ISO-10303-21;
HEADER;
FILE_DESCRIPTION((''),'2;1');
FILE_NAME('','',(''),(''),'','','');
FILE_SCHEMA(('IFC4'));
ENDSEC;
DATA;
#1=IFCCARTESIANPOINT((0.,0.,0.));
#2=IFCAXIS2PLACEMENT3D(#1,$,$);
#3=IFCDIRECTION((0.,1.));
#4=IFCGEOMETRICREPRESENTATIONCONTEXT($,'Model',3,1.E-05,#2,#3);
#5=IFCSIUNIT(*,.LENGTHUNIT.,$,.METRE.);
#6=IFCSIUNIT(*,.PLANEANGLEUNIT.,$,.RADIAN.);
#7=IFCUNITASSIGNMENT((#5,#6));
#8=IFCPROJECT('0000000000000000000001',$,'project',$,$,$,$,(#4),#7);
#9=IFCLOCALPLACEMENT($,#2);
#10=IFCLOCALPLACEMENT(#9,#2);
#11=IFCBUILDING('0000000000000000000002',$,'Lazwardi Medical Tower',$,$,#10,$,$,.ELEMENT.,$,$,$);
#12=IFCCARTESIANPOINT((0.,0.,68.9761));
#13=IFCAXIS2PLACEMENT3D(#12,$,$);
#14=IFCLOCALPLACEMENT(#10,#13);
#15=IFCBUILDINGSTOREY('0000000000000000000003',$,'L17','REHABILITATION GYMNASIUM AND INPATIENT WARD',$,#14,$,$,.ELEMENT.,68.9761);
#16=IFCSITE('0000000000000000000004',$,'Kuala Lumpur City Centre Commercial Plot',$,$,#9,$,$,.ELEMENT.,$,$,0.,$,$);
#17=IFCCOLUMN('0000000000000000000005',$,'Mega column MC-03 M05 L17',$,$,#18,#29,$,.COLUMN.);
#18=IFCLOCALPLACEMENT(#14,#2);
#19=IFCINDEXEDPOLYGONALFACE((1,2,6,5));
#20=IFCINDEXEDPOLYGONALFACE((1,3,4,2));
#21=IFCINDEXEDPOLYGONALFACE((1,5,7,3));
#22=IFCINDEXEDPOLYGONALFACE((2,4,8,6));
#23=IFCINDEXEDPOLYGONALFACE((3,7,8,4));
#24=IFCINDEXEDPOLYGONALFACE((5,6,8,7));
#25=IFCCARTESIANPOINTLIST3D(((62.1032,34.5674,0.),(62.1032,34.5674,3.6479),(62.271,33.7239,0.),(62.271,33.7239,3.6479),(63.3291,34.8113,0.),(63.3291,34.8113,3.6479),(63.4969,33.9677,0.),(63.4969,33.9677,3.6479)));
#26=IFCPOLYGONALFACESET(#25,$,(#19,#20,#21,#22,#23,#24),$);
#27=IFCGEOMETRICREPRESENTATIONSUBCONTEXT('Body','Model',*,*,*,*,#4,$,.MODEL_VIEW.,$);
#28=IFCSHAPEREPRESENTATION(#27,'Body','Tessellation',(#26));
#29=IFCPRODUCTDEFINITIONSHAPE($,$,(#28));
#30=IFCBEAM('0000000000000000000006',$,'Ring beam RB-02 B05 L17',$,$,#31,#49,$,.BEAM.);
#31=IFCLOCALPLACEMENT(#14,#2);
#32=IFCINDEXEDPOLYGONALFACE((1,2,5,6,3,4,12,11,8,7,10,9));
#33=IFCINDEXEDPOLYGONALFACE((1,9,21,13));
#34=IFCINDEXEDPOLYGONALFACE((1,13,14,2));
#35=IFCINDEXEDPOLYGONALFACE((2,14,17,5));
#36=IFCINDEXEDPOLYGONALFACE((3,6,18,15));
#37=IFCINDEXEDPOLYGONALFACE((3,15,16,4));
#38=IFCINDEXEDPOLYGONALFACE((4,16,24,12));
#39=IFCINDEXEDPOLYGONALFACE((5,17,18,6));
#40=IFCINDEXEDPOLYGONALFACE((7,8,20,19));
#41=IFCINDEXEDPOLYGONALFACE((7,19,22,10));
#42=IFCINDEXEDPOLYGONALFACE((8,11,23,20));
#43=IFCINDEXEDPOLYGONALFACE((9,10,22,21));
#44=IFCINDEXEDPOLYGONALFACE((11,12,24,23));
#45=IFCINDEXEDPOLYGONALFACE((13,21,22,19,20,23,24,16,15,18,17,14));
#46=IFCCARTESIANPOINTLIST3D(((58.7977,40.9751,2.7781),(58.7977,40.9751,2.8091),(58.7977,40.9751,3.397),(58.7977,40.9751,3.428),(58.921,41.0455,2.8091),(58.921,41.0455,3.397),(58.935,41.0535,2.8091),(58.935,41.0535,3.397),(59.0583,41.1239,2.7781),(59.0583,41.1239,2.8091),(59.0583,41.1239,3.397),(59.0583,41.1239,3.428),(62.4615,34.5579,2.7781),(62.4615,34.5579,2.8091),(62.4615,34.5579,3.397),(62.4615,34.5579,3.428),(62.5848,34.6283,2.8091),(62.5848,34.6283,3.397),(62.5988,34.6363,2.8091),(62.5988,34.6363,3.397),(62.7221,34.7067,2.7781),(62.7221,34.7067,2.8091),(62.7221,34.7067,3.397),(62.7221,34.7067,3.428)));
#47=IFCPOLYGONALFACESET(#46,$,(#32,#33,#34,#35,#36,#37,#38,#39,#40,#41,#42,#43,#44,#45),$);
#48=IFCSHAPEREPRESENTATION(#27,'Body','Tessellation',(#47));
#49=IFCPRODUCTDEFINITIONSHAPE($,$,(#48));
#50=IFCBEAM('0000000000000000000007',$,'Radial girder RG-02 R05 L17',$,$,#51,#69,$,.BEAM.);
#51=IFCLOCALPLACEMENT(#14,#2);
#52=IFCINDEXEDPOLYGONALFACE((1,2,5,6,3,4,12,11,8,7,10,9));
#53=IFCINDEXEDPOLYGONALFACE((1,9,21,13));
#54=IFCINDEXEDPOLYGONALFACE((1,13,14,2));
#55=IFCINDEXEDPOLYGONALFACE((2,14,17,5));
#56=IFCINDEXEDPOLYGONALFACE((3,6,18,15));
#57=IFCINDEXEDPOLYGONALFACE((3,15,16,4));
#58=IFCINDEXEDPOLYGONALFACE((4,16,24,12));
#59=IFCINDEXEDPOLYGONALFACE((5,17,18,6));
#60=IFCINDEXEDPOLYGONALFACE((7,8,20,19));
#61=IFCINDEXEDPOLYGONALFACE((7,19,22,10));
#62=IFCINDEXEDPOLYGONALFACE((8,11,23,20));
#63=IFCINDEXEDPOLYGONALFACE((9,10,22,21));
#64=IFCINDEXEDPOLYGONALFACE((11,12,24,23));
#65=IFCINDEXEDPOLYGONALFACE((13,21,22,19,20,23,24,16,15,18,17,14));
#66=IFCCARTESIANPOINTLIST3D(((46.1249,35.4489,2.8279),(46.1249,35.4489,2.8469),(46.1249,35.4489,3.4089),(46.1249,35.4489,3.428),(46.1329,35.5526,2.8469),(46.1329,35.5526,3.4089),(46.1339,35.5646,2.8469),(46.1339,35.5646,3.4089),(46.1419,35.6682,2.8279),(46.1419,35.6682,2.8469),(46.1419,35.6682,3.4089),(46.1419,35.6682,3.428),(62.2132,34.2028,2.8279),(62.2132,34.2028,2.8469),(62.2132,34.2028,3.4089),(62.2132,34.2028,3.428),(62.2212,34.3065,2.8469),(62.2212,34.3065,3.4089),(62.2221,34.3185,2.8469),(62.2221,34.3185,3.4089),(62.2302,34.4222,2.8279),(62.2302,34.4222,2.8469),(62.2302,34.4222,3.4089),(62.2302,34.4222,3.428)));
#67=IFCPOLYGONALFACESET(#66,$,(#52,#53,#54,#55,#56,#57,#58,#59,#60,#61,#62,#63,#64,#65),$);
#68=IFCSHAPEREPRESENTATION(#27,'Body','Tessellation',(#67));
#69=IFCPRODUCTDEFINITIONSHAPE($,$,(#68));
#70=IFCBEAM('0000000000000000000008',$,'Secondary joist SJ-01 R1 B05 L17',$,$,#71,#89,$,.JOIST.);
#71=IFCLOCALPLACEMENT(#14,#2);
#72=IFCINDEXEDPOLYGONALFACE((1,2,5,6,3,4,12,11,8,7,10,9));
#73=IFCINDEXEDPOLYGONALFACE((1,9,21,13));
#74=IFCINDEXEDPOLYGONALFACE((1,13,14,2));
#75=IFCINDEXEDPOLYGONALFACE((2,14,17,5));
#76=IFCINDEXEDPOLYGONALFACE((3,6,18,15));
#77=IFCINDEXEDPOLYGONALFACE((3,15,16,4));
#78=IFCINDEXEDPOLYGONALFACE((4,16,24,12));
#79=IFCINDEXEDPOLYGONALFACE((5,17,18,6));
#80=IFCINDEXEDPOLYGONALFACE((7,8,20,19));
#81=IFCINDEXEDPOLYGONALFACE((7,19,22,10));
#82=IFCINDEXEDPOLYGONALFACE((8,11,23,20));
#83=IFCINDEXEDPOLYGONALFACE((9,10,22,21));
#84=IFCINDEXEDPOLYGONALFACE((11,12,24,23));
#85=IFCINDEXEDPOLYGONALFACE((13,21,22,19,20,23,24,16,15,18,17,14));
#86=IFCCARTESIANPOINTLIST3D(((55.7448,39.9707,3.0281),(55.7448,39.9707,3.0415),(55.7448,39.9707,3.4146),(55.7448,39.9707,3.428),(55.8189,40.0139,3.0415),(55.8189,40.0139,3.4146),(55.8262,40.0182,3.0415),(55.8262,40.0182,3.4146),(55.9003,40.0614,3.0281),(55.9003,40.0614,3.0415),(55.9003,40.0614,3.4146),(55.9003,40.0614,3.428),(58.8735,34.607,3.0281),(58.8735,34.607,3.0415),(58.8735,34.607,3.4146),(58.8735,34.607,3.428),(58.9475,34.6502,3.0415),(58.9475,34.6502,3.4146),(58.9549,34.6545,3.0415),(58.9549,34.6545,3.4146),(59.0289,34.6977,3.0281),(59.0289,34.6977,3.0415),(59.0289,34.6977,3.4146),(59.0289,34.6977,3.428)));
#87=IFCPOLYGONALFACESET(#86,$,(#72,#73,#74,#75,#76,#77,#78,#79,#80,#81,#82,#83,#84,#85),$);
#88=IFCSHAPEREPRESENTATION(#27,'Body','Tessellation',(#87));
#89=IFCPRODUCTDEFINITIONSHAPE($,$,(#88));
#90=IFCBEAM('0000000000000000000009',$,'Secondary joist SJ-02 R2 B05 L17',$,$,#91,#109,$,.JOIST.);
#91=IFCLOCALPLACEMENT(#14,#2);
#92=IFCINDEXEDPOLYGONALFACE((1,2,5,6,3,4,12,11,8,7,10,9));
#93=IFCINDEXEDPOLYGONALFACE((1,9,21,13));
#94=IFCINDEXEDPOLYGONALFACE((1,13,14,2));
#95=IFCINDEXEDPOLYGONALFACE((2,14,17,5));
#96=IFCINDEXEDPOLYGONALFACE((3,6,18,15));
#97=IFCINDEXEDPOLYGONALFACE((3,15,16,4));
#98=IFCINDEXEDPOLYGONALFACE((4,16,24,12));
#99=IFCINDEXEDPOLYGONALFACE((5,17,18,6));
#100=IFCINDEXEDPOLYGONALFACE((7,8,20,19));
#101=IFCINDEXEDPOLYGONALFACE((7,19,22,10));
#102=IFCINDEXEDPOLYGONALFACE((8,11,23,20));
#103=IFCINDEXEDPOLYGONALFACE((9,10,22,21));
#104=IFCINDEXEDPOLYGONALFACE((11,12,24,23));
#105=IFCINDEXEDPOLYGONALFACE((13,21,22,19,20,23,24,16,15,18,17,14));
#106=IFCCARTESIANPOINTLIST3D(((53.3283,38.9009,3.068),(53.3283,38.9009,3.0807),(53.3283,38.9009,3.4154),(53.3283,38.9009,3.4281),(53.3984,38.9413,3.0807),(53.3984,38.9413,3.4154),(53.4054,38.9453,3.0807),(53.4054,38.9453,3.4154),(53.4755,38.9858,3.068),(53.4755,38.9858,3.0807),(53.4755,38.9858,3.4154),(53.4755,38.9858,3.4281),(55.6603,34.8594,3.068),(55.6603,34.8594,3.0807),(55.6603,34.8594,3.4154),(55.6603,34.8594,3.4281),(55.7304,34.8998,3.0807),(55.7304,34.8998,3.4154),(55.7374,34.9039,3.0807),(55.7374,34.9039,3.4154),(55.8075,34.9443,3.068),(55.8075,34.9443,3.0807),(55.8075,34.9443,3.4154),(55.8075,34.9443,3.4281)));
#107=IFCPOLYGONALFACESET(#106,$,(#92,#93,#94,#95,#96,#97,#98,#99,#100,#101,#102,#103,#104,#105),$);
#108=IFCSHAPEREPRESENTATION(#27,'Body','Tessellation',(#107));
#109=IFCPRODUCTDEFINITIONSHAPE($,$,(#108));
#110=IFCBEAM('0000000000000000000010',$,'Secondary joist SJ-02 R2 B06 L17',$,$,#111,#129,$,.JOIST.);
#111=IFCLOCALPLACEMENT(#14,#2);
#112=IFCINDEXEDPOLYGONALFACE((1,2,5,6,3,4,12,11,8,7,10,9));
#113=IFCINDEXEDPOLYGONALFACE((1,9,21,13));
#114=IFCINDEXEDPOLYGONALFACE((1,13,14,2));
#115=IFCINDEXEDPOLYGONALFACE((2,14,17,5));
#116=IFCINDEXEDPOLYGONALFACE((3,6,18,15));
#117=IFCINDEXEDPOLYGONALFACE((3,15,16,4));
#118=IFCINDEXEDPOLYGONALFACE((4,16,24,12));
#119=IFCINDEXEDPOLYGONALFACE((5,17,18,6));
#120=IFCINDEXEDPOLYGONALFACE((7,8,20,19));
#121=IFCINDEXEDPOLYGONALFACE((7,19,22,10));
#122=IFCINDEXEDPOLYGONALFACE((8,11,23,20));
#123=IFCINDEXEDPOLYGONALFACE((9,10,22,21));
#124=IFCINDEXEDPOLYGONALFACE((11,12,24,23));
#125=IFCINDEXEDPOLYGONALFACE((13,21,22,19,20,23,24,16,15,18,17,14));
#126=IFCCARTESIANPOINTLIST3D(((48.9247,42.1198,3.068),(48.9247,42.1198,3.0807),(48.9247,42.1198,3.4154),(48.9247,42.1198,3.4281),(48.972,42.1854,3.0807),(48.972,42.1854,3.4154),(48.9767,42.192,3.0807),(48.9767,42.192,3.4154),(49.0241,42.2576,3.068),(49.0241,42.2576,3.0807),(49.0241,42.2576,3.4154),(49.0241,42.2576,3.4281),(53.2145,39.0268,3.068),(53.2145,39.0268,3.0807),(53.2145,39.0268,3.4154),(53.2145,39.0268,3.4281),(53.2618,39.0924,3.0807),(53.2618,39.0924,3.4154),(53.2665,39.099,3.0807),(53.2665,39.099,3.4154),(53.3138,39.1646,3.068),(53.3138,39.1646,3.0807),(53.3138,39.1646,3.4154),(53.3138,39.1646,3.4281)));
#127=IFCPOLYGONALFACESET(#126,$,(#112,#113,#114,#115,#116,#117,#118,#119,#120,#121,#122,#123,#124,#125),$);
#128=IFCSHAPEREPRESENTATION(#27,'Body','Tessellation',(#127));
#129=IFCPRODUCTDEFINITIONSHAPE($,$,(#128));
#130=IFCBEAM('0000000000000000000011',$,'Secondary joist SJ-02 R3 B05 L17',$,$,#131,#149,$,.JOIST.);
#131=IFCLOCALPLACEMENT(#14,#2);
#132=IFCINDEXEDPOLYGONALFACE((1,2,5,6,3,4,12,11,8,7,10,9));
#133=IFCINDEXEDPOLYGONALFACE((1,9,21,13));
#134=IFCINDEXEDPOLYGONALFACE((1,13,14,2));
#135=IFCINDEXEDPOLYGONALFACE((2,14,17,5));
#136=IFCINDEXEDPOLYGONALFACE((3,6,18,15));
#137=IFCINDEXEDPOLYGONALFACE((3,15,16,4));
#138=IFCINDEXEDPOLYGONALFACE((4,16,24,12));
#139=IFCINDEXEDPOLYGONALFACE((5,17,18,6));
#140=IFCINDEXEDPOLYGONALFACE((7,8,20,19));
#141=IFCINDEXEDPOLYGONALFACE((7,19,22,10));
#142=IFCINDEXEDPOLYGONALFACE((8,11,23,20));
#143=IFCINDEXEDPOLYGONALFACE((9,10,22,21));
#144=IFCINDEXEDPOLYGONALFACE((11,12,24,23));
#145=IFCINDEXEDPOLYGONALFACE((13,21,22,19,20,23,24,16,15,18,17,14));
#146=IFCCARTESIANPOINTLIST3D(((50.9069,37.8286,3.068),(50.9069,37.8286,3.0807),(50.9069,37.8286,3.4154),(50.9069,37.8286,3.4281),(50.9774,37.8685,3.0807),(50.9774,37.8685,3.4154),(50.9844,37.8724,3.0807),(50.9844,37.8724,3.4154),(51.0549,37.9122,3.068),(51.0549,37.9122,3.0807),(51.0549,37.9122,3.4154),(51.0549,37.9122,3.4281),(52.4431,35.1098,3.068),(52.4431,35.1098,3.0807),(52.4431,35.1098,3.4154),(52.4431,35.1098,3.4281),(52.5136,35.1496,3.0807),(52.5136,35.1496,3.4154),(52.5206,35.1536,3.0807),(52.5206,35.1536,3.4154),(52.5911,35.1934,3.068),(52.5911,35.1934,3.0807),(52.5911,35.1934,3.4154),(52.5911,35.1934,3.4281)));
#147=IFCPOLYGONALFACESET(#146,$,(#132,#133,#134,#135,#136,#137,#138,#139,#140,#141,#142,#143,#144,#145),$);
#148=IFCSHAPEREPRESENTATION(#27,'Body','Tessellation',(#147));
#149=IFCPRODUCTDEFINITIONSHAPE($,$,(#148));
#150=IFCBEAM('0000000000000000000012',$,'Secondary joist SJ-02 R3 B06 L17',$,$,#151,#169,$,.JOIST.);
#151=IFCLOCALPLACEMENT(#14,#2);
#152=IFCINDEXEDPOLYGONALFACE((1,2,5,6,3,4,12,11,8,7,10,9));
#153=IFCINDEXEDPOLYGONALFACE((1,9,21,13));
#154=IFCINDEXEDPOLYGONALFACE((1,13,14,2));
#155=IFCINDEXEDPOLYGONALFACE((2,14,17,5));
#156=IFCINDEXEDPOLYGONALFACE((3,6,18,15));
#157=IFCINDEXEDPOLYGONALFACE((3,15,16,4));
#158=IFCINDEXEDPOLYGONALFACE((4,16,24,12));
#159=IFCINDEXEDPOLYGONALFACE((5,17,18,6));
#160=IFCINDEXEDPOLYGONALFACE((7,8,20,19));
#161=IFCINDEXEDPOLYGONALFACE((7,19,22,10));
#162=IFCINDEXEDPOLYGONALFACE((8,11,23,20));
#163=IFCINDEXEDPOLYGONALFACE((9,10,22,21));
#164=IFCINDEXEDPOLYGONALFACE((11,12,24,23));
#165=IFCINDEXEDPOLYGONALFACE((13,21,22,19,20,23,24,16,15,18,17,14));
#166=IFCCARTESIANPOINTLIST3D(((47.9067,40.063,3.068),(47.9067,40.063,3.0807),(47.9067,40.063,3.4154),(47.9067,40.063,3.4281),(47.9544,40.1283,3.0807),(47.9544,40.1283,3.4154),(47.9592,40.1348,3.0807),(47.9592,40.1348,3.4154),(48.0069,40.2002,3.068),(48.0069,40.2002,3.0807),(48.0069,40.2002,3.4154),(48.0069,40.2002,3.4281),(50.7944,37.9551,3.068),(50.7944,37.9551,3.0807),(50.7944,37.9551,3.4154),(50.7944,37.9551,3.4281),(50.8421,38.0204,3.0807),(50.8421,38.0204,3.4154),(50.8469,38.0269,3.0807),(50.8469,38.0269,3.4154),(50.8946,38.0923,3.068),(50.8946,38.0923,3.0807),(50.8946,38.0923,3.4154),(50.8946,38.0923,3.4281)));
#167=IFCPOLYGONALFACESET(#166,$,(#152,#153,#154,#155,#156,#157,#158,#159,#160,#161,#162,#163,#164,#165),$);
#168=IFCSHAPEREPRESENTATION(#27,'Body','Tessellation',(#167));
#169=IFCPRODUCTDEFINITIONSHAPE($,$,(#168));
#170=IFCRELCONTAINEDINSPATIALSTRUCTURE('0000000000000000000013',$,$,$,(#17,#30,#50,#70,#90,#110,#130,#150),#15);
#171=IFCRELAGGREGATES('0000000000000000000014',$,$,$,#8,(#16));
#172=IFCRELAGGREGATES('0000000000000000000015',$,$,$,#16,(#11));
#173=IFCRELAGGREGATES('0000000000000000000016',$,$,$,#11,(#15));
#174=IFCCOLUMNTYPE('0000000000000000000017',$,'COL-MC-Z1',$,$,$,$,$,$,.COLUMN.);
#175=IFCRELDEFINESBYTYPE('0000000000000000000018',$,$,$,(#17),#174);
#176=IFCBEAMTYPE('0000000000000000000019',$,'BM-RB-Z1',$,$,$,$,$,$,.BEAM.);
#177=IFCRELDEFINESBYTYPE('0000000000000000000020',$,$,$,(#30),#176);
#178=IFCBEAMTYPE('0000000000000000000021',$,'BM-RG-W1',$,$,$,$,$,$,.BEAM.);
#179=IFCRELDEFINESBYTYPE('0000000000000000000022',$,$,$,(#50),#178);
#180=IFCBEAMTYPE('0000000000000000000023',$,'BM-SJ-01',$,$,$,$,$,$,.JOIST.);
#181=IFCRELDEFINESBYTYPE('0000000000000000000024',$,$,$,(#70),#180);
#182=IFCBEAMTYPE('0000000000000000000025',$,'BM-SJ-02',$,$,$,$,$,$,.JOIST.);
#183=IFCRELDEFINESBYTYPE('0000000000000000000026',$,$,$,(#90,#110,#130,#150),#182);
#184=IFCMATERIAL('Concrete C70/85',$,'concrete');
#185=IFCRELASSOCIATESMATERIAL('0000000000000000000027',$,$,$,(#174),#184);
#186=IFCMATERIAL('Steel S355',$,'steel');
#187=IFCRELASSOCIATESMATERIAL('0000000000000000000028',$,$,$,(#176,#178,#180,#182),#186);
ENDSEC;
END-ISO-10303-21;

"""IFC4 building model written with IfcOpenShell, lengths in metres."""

from ifc_helpers import new_model, si_unit, direction, frame, origin, origin_2d, place, context, subcontext, project, spatial, rectangle, i_section, extrude, material, material_profile, profile_set, type_object, element, save


model = new_model("IFC4")

# Units and contexts
model_context = context("Model", 3, precision=1e-05, world=origin(), true_north=direction((0.0, 1.0)))
body_context = subcontext(model_context, "Body", "Model", "MODEL_VIEW")
ifc_project = project(units=[si_unit("LENGTHUNIT", "METRE"), si_unit("PLANEANGLEUNIT", "RADIAN")], contexts=[model_context])

# Site, building, storey
site_placement = place(None, origin())
site = spatial("IfcSite", under=ifc_project, at=site_placement, Name="Kuala Lumpur City Centre Commercial Plot", CompositionType="ELEMENT", RefElevation=0.0)
building_placement = place(site_placement, origin())
building = spatial("IfcBuilding", under=site, at=building_placement, Name="Lazwardi Medical Tower", CompositionType="ELEMENT")
storey_placement = place(building_placement, frame((0.0, 0.0, 68.9761)))
storey = spatial("IfcBuildingStorey", under=building, at=storey_placement, Name="L17", Description="REHABILITATION GYMNASIUM AND INPATIENT WARD", CompositionType="ELEMENT", Elevation=68.9761)

# Column
ifc_material_1 = material(Name="Concrete C70/85", Category="concrete")
ifc_material_profile_1 = material_profile(ifc_material_1, rectangle(XDim=1.25, YDim=0.8601, at=origin_2d()), Name="CFT-RECT 1250x860")
ifc_profile_set_1 = profile_set([ifc_material_profile_1], Name="Concrete C70/85")
column_type = type_object("IfcColumnType", Name="COL-MC-Z1", PredefinedType="COLUMN", material=ifc_profile_set_1)
column_placement = place(storey_placement, frame((62.8, 34.2676, 0.0), z_axis=(0.0, 0.0, 1.0), x_axis=(0.980785, 0.19509, 0.0)))
element("IfcColumn", 1, at=column_placement, inside=storey, type_object=column_type, Name="Mega column MC-03 M05 L17", PredefinedType="COLUMN", context=body_context, shape_type="SweptSolid", body=[
    extrude(rectangle(XDim=1.25, YDim=0.8601, at=origin_2d()), origin(), (0.0, 0.0, 1.0), 3.6479),
])

# Beams
ifc_material_2 = material(Name="Steel S355", Category="steel")
ifc_material_profile_2 = material_profile(ifc_material_2, i_section(OverallWidth=0.3, OverallDepth=0.6499, WebThickness=0.0161, FlangeThickness=0.031, at=origin_2d()), Name="HEB 650")
ifc_profile_set_2 = profile_set([ifc_material_profile_2], Name="Steel S355")
beam_type_1 = type_object("IfcBeamType", Name="BM-RB-Z1", PredefinedType="BEAM", material=ifc_profile_set_2)
beam_1_placement = place(storey_placement, frame((62.5918, 34.6323, 3.103), z_axis=(-0.495815, 0.868428, 0.0), x_axis=(-0.868428, -0.495815, 0.0)))
element("IfcBeam", 2, at=beam_1_placement, inside=storey, type_object=beam_type_1, Name="Ring beam RB-02 B05 L17", PredefinedType="BEAM", context=body_context, shape_type="SweptSolid", body=[
    extrude(i_section(OverallWidth=0.3, OverallDepth=0.6499, WebThickness=0.0161, FlangeThickness=0.031, at=origin_2d()), origin(), (0.0, 0.0, 1.0), 7.3894),
])
ifc_material_profile_3 = material_profile(ifc_material_2, i_section(OverallWidth=0.22, OverallDepth=0.6001, WebThickness=0.012, FlangeThickness=0.019, at=origin_2d()), Name="IPE 600")
ifc_profile_set_3 = profile_set([ifc_material_profile_3], Name="Steel S355")
beam_type_2 = type_object("IfcBeamType", Name="BM-RG-W1", PredefinedType="BEAM", material=ifc_profile_set_3)
beam_2_placement = place(storey_placement, frame((62.2217, 34.3125, 3.1279), z_axis=(-0.997014, 0.077222, 0.0), x_axis=(-0.077222, -0.997014, 0.0)))
element("IfcBeam", 3, at=beam_2_placement, inside=storey, type_object=beam_type_2, Name="Radial girder RG-02 R05 L17", PredefinedType="BEAM", context=body_context, shape_type="SweptSolid", body=[
    extrude(i_section(OverallWidth=0.22, OverallDepth=0.6001, WebThickness=0.012, FlangeThickness=0.019, at=origin_2d()), origin(), (0.0, 0.0, 1.0), 16.1365),
])
ifc_material_profile_4 = material_profile(ifc_material_2, i_section(OverallWidth=0.1799, OverallDepth=0.3999, WebThickness=0.0085, FlangeThickness=0.0134, at=origin_2d()), Name="IPE 400")
ifc_profile_set_4 = profile_set([ifc_material_profile_4], Name="Steel S355")
beam_type_3 = type_object("IfcBeamType", Name="BM-SJ-01", PredefinedType="JOIST", material=ifc_profile_set_4)
beam_3_placement = place(storey_placement, frame((58.9512, 34.6523, 3.228), z_axis=(-0.503847, 0.863793, 0.0), x_axis=(-0.863793, -0.503847, 0.0)))
element("IfcBeam", 4, at=beam_3_placement, inside=storey, type_object=beam_type_3, Name="Secondary joist SJ-01 R1 B05 L17", PredefinedType="JOIST", context=body_context, shape_type="SweptSolid", body=[
    extrude(i_section(OverallWidth=0.1799, OverallDepth=0.3999, WebThickness=0.0085, FlangeThickness=0.0134, at=origin_2d()), origin(), (0.0, 0.0, 1.0), 6.2095),
])
ifc_material_profile_5 = material_profile(ifc_material_2, i_section(OverallWidth=0.1699, OverallDepth=0.3601, WebThickness=0.0081, FlangeThickness=0.0127, at=origin_2d()), Name="IPE 360")
ifc_profile_set_5 = profile_set([ifc_material_profile_5], Name="Steel S355")
beam_type_4 = type_object("IfcBeamType", Name="BM-SJ-02", PredefinedType="JOIST", material=ifc_profile_set_5)
beam_4_placement = place(storey_placement, frame((55.7339, 34.9019, 3.248), z_axis=(-0.499786, 0.866149, 0.0), x_axis=(-0.866149, -0.499786, 0.0)))
element("IfcBeam", 5, at=beam_4_placement, inside=storey, type_object=beam_type_4, Name="Secondary joist SJ-02 R2 B05 L17", PredefinedType="JOIST", context=body_context, shape_type="SweptSolid", body=[
    extrude(i_section(OverallWidth=0.1699, OverallDepth=0.3601, WebThickness=0.0081, FlangeThickness=0.0127, at=origin_2d()), origin(), (0.0, 0.0, 1.0), 4.666),
])
beam_5_placement = place(storey_placement, frame((53.2642, 39.0957, 3.248), z_axis=(-0.811143, 0.584848, 0.0), x_axis=(-0.584848, -0.811143, 0.0)))
element("IfcBeam", 6, at=beam_5_placement, inside=storey, type_object=beam_type_4, Name="Secondary joist SJ-02 R2 B06 L17", PredefinedType="JOIST", context=body_context, shape_type="SweptSolid", body=[
    extrude(i_section(OverallWidth=0.1699, OverallDepth=0.3601, WebThickness=0.0081, FlangeThickness=0.0127, at=origin_2d()), origin(), (0.0, 0.0, 1.0), 5.2886),
])
beam_6_placement = place(storey_placement, frame((52.5171, 35.1516, 3.248), z_axis=(-0.491923, 0.870639, 0.0), x_axis=(-0.870639, -0.491923, 0.0)))
element("IfcBeam", 7, at=beam_6_placement, inside=storey, type_object=beam_type_4, Name="Secondary joist SJ-02 R3 B05 L17", PredefinedType="JOIST", context=body_context, shape_type="SweptSolid", body=[
    extrude(i_section(OverallWidth=0.1699, OverallDepth=0.3601, WebThickness=0.0081, FlangeThickness=0.0127, at=origin_2d()), origin(), (0.0, 0.0, 1.0), 3.1228),
])
beam_7_placement = place(storey_placement, frame((50.8445, 38.0237, 3.248), z_axis=(-0.807701, 0.589592, 0.0), x_axis=(-0.589592, -0.807701, 0.0)))
element("IfcBeam", 8, at=beam_7_placement, inside=storey, type_object=beam_type_4, Name="Secondary joist SJ-02 R3 B06 L17", PredefinedType="JOIST", context=body_context, shape_type="SweptSolid", body=[
    extrude(i_section(OverallWidth=0.1699, OverallDepth=0.3601, WebThickness=0.0081, FlangeThickness=0.0127, at=origin_2d()), origin(), (0.0, 0.0, 1.0), 3.5752),
])

save(model, "model.ifc")
